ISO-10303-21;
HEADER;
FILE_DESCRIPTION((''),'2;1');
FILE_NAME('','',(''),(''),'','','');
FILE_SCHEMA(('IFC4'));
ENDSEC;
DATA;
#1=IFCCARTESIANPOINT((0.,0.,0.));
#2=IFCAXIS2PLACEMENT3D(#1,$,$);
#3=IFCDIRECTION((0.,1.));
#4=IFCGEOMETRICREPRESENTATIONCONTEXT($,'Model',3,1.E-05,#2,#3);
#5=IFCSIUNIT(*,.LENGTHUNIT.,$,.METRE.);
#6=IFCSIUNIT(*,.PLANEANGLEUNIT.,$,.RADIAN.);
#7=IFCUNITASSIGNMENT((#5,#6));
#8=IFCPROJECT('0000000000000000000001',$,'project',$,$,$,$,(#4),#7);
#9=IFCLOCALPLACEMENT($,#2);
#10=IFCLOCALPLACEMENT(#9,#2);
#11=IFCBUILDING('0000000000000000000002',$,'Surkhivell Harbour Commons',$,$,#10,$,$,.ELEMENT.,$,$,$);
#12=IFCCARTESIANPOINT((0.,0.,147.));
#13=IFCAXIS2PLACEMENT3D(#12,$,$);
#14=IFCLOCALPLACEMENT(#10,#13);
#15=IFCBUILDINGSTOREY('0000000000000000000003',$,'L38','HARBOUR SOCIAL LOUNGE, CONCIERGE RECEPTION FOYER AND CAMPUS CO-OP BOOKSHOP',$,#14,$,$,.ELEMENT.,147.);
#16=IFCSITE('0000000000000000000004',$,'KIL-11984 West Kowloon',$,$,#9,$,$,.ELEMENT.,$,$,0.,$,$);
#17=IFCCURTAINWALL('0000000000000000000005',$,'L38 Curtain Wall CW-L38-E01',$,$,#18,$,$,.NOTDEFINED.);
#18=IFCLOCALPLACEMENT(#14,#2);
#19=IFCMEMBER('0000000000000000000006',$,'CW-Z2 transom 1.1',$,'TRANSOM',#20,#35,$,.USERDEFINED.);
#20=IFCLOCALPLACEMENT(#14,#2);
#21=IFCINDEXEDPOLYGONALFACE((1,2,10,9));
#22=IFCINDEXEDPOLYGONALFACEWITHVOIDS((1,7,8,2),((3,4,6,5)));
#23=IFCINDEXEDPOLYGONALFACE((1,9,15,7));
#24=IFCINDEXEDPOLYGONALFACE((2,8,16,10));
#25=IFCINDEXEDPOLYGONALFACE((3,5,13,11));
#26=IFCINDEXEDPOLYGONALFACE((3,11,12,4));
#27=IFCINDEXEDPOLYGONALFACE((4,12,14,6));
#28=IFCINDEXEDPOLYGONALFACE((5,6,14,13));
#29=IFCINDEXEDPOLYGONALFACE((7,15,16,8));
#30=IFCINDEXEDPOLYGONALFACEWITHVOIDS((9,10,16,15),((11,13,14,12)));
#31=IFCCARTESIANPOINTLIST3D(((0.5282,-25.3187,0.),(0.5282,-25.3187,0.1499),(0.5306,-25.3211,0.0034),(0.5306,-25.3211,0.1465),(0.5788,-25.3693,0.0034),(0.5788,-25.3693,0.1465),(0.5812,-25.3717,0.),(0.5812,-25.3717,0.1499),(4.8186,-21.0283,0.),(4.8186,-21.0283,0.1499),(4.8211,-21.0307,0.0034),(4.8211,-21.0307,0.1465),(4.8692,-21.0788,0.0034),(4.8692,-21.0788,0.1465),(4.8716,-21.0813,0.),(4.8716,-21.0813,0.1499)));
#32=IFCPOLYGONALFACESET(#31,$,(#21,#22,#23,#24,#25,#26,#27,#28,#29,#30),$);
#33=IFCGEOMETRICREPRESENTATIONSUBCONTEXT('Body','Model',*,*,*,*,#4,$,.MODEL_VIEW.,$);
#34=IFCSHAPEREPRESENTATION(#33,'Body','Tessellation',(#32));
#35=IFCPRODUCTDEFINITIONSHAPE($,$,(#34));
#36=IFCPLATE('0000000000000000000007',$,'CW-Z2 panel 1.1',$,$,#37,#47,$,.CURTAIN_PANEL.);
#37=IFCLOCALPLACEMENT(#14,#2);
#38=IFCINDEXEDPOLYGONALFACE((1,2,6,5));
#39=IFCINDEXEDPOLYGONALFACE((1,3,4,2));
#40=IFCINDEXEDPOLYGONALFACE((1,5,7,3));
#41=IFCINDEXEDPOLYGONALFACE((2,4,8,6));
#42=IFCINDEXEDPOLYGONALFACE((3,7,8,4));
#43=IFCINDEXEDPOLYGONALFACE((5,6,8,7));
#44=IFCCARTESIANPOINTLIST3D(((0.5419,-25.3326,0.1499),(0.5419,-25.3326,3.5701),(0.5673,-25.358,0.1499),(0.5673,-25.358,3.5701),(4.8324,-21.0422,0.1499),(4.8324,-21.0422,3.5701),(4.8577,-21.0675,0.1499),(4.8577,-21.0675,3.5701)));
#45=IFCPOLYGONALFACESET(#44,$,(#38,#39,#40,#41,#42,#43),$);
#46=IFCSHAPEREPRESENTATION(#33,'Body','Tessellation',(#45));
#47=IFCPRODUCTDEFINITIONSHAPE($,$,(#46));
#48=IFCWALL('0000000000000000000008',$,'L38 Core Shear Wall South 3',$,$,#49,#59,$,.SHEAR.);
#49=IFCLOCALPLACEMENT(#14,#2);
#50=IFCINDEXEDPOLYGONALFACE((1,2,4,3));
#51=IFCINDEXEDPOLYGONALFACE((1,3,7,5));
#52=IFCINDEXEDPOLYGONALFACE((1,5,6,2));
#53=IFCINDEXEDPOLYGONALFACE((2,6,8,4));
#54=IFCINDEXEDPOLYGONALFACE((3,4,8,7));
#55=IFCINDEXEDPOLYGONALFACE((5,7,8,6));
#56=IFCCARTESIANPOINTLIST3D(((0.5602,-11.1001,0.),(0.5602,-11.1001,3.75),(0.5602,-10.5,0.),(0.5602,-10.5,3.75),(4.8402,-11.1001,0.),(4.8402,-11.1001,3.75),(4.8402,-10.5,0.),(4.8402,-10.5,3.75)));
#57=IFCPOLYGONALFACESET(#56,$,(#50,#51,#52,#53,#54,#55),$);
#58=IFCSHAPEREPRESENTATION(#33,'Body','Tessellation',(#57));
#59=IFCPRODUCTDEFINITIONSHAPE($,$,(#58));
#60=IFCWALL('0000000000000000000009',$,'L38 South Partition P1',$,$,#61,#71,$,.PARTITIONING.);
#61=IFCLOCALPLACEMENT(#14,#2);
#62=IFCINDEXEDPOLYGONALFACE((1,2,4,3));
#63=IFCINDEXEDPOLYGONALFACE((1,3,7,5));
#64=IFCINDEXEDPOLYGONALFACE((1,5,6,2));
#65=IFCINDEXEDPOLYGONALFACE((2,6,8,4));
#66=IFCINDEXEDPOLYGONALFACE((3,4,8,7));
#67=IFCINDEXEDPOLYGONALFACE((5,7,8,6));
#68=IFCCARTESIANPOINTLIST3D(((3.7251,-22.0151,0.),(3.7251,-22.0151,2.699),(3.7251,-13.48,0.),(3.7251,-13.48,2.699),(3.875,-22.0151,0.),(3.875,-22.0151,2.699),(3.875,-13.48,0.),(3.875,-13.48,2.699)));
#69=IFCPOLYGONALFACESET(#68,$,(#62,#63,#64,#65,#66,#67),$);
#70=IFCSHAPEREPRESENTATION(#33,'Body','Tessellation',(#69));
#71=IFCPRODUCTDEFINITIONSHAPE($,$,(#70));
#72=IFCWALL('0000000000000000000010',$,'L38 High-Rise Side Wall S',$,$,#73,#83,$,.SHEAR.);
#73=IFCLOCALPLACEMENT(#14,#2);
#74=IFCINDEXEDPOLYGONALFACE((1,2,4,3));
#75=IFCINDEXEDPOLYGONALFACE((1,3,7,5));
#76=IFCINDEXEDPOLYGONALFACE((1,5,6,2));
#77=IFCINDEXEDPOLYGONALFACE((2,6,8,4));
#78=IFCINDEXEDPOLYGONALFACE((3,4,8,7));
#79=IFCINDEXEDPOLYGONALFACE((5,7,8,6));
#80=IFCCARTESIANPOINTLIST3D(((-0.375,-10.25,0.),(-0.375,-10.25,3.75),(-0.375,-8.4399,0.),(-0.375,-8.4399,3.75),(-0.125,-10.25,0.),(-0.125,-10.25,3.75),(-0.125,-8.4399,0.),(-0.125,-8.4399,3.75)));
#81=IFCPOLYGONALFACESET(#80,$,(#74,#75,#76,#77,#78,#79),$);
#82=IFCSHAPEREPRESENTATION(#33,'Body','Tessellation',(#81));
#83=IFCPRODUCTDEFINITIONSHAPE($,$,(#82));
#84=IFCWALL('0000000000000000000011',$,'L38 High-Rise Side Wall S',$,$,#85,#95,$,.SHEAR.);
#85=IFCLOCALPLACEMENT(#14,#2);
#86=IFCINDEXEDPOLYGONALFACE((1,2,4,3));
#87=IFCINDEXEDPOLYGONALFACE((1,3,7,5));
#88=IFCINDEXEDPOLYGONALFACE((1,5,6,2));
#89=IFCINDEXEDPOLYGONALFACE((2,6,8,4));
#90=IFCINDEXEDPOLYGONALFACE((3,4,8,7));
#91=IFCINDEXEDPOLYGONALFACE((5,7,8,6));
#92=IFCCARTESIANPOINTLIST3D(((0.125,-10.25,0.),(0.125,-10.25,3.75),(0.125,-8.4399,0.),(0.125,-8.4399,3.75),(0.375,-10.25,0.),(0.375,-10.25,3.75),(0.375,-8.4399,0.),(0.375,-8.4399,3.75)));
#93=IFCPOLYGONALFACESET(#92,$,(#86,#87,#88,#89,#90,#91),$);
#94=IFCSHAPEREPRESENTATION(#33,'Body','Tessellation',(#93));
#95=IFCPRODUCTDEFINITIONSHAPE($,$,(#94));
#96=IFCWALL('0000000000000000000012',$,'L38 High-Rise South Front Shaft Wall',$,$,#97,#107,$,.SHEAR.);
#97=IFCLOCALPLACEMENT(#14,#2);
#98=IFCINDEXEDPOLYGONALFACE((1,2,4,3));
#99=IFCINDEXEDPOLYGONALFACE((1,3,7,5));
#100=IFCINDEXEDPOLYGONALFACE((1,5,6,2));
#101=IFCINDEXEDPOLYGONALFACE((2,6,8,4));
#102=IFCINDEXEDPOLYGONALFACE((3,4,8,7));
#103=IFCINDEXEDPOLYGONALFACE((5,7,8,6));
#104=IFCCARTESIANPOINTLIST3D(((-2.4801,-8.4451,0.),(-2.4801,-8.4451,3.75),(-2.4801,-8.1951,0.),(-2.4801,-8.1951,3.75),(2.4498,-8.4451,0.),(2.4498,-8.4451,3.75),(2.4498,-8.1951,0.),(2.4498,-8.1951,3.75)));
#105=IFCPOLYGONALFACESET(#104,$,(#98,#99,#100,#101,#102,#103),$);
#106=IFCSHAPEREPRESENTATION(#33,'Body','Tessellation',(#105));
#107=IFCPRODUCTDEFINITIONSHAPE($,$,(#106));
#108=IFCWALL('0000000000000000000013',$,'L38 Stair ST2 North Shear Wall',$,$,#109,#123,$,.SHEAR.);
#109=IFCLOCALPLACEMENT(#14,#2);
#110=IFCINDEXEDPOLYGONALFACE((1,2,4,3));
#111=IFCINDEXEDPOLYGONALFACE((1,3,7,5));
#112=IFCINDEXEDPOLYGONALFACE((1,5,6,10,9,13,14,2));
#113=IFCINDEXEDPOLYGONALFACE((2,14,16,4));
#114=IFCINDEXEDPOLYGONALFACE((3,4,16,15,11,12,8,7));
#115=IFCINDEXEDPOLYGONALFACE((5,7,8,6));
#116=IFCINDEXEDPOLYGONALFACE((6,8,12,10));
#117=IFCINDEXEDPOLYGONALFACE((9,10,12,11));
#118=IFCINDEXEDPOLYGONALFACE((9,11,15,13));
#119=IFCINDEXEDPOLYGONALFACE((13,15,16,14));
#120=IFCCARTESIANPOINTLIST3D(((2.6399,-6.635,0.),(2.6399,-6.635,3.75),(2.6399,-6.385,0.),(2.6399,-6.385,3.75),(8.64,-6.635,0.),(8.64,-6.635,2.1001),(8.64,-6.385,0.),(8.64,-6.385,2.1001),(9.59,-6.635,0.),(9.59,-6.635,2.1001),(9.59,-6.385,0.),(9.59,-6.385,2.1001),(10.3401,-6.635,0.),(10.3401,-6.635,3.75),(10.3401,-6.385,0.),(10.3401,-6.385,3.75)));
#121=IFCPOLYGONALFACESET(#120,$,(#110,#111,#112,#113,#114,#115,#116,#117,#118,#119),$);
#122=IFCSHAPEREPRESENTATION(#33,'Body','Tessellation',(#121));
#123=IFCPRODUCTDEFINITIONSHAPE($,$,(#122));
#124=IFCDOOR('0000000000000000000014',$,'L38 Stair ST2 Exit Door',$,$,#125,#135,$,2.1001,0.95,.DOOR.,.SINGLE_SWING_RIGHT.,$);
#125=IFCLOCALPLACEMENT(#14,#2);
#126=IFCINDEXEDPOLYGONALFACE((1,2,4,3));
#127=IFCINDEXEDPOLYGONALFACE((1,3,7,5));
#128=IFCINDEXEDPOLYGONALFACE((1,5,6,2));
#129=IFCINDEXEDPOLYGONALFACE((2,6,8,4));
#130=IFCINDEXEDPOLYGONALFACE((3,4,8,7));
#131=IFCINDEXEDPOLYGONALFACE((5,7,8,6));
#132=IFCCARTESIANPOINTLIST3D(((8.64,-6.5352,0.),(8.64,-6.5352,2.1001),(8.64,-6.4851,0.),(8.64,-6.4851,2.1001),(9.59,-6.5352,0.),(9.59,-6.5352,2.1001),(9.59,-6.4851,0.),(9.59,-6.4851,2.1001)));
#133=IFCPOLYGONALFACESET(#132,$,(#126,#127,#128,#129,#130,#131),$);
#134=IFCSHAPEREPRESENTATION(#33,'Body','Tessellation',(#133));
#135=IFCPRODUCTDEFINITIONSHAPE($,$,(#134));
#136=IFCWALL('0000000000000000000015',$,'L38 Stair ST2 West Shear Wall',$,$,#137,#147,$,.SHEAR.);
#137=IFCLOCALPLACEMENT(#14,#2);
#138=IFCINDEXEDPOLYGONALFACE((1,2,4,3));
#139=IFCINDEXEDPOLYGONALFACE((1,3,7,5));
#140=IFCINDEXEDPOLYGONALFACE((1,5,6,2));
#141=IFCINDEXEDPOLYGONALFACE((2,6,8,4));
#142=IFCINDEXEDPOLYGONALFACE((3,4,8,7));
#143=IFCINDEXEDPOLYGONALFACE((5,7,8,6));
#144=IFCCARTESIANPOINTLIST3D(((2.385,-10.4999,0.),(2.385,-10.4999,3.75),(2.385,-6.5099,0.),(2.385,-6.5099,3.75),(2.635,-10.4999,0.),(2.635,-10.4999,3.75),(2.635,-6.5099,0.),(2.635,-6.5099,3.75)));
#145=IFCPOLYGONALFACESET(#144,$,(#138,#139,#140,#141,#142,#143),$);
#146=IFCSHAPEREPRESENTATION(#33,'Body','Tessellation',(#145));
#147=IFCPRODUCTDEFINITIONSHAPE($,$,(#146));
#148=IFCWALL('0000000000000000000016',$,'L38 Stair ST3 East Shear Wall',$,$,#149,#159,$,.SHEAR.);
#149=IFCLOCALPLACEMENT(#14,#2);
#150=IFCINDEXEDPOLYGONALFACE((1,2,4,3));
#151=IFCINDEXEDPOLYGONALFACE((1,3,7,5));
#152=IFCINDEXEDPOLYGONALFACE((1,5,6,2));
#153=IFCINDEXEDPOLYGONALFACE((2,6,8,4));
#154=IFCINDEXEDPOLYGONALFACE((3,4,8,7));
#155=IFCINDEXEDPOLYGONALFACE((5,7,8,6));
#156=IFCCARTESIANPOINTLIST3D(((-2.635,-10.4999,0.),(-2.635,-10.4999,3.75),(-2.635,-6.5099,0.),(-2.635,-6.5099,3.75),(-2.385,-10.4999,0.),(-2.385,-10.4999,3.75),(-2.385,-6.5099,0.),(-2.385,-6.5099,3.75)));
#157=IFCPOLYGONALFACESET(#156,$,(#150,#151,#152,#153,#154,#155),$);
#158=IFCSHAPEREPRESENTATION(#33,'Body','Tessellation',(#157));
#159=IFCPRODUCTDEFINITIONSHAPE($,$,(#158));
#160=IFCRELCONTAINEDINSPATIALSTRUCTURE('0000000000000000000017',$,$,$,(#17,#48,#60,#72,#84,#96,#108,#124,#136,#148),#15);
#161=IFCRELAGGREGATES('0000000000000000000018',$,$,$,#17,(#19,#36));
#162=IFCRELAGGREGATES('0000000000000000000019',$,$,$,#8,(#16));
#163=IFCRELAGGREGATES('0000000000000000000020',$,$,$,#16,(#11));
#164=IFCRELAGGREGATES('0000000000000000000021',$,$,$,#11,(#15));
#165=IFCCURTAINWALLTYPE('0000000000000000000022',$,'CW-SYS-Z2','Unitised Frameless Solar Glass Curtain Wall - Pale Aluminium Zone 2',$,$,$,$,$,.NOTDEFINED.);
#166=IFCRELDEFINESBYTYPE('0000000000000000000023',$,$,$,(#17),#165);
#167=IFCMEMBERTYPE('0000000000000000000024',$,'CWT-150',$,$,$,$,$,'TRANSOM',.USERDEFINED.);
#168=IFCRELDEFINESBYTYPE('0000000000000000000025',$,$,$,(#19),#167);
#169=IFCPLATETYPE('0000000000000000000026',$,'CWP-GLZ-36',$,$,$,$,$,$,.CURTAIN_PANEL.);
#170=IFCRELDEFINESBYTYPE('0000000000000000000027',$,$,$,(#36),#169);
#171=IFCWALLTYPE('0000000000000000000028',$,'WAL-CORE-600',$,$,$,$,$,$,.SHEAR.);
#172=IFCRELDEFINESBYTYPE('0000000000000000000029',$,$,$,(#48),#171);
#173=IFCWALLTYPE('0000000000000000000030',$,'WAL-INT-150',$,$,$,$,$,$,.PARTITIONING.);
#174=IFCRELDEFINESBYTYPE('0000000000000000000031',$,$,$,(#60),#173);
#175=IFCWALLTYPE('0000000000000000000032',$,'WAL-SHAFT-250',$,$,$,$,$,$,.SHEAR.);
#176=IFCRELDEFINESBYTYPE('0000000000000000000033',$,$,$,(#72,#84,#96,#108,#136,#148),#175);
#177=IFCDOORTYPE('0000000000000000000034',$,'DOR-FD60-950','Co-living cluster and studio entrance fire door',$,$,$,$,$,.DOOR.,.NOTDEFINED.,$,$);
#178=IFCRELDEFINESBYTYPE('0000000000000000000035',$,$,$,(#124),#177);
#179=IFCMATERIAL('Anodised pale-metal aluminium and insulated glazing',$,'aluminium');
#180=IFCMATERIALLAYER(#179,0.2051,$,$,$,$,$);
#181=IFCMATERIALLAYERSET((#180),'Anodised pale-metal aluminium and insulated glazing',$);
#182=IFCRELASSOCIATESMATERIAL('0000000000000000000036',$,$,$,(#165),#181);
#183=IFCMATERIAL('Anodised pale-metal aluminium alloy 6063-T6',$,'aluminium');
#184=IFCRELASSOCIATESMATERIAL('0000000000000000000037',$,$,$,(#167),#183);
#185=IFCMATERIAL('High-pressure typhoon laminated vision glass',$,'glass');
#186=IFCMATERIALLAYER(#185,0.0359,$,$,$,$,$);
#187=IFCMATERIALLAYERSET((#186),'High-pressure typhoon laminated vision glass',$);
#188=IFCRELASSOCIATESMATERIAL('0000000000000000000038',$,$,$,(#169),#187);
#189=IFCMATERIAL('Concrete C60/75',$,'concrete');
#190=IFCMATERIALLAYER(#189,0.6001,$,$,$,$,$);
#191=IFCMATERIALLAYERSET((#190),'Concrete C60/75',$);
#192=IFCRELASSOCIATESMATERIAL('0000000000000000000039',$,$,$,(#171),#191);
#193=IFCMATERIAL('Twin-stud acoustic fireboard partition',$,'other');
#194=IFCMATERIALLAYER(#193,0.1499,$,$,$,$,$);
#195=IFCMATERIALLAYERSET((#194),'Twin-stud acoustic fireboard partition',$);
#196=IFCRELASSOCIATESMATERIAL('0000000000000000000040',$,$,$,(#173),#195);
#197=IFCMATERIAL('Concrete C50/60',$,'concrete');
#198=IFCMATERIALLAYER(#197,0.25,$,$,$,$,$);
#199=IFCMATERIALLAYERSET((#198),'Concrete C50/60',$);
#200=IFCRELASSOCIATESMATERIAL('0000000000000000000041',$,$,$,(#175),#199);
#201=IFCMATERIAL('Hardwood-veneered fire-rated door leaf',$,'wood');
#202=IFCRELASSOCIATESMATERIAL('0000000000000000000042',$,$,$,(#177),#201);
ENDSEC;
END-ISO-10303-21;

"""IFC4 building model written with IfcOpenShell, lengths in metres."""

from ifc_helpers import new_model, si_unit, direction, frame, frame_2d, origin, origin_2d, place, context, subcontext, project, spatial, rectangle, hollow_rectangle, extrude, material, layer, layer_set, material_profile, profile_set, type_object, element, fill, aggregate, save


model = new_model("IFC4")

# Units and contexts
model_context = context("Model", 3, precision=1e-05, world=origin(), true_north=direction((0.0, 1.0)))
body_context = subcontext(model_context, "Body", "Model", "MODEL_VIEW")
ifc_project = project(units=[si_unit("LENGTHUNIT", "METRE"), si_unit("PLANEANGLEUNIT", "RADIAN")], contexts=[model_context])

# Site, building, storey
site_placement = place(None, origin())
site = spatial("IfcSite", under=ifc_project, at=site_placement, Name="KIL-11984 West Kowloon", CompositionType="ELEMENT", RefElevation=0.0)
building_placement = place(site_placement, origin())
building = spatial("IfcBuilding", under=site, at=building_placement, Name="Surkhivell Harbour Commons", CompositionType="ELEMENT")
storey_placement = place(building_placement, frame((0.0, 0.0, 147.0)))
storey = spatial("IfcBuildingStorey", under=building, at=storey_placement, Name="L38", Description="HARBOUR SOCIAL LOUNGE, CONCIERGE RECEPTION FOYER AND CAMPUS CO-OP BOOKSHOP", CompositionType="ELEMENT", Elevation=147.0)

# Shared definitions
ifc_material_1 = material(Name="Concrete C60/75", Category="concrete")

# Shared definitions
ifc_material_2 = material(Name="Anodised pale-metal aluminium and insulated glazing", Category="aluminium")
ifc_layer_1 = layer(ifc_material_2, 0.2051)
ifc_layer_set_1 = layer_set([ifc_layer_1], Name="Anodised pale-metal aluminium and insulated glazing")
curtain_wall_type = type_object("IfcCurtainWallType", Name="CW-SYS-Z2", Description="Unitised Frameless Solar Glass Curtain Wall - Pale Aluminium Zone 2", PredefinedType="NOTDEFINED", material=ifc_layer_set_1)
ifc_material_3 = material(Name="Anodised pale-metal aluminium alloy 6063-T6", Category="aluminium")

# Curtain wall, member, plate
curtain_wall_1_placement = place(storey_placement, origin())
curtain_wall_1 = element("IfcCurtainWall", 1, at=curtain_wall_1_placement, inside=storey, type_object=curtain_wall_type, Name="L38 Curtain Wall CW-L38-E01", PredefinedType="NOTDEFINED")
ifc_material_profile_1 = material_profile(ifc_material_3, hollow_rectangle(XDim=0.075, YDim=0.1499, WallThickness=0.0034, at=origin_2d()), Name="ALU-TRAN-75x150")
ifc_profile_set_1 = profile_set([ifc_material_profile_1], Name="Anodised pale-metal aluminium alloy 6063-T6")
member_type_1 = type_object("IfcMemberType", Name="CWT-150", ElementType="TRANSOM", PredefinedType="USERDEFINED", material=ifc_profile_set_1)
member_1_placement = place(storey_placement, frame((0.5547, -25.3452, 0.075), z_axis=(0.707107, 0.707107, 0.0), x_axis=(-0.707107, 0.707107, 0.0)))
member_1 = element("IfcMember", 2, at=member_1_placement, type_object=member_type_1, Name="CW-Z2 transom 1.1", ObjectType="TRANSOM", PredefinedType="USERDEFINED", context=body_context, shape_type="SweptSolid", body=[
    extrude(hollow_rectangle(XDim=0.075, YDim=0.1499, WallThickness=0.0034, at=origin_2d()), origin(), (0.0, 0.0, 1.0), 6.0676),
])
ifc_material_4 = material(Name="High-pressure typhoon laminated vision glass", Category="glass")
ifc_layer_2 = layer(ifc_material_4, 0.0359)
ifc_layer_set_2 = layer_set([ifc_layer_2], Name="High-pressure typhoon laminated vision glass")
plate_type = type_object("IfcPlateType", Name="CWP-GLZ-36", PredefinedType="CURTAIN_PANEL", material=ifc_layer_set_2)
plate_placement = place(storey_placement, frame((0.5547, -25.3452, 0.1499), z_axis=(0.0, 0.0, 1.0), x_axis=(0.707107, 0.707107, 0.0)))
plate = element("IfcPlate", 3, at=plate_placement, type_object=plate_type, Name="CW-Z2 panel 1.1", PredefinedType="CURTAIN_PANEL", context=body_context, shape_type="SweptSolid", body=[
    extrude(rectangle(XDim=6.0676, YDim=0.0359, at=frame_2d((3.0337, 0.0))), origin(), (0.0, 0.0, 1.0), 3.4202),
])
aggregate(curtain_wall_1, [member_1, plate])

# Walls
ifc_layer_3 = layer(ifc_material_1, 0.6001)
ifc_layer_set_3 = layer_set([ifc_layer_3], Name="Concrete C60/75")
wall_type_1 = type_object("IfcWallType", Name="WAL-CORE-600", PredefinedType="SHEAR", material=ifc_layer_set_3)
wall_1_placement = place(storey_placement, frame((0.5601, -10.8, 0.0), z_axis=(0.0, 0.0, 1.0), x_axis=(1.0, 0.0, 0.0)))
element("IfcWall", 4, at=wall_1_placement, inside=storey, type_object=wall_type_1, Name="L38 Core Shear Wall South 3", PredefinedType="SHEAR", context=body_context, shape_type="SweptSolid", body=[
    extrude(rectangle(XDim=4.28, YDim=0.6001, at=frame_2d((2.1401, 0.0))), origin(), (0.0, 0.0, 1.0), 3.75),
])
ifc_material_5 = material(Name="Twin-stud acoustic fireboard partition", Category="other")
ifc_layer_4 = layer(ifc_material_5, 0.1499)
ifc_layer_set_4 = layer_set([ifc_layer_4], Name="Twin-stud acoustic fireboard partition")
wall_type_2 = type_object("IfcWallType", Name="WAL-INT-150", PredefinedType="PARTITIONING", material=ifc_layer_set_4)
wall_2_placement = place(storey_placement, frame((3.8, -22.0151, 0.0), z_axis=(0.0, 0.0, 1.0), x_axis=(0.0, 1.0, 0.0)))
element("IfcWall", 5, at=wall_2_placement, inside=storey, type_object=wall_type_2, Name="L38 South Partition P1", PredefinedType="PARTITIONING", context=body_context, shape_type="SweptSolid", body=[
    extrude(rectangle(XDim=8.5352, YDim=0.1499, at=frame_2d((4.2676, 0.0))), origin(), (0.0, 0.0, 1.0), 2.699),
])
ifc_material_6 = material(Name="Concrete C50/60", Category="concrete")
ifc_layer_5 = layer(ifc_material_6, 0.25)
ifc_layer_set_5 = layer_set([ifc_layer_5], Name="Concrete C50/60")
wall_type_3 = type_object("IfcWallType", Name="WAL-SHAFT-250", PredefinedType="SHEAR", material=ifc_layer_set_5)
for number, where, z_axis, x_axis, name in (
    (6, (-0.25, -10.25, 0.0), (0.0, 0.0, 1.0), (0.0, 1.0, 0.0), "L38 High-Rise Side Wall S"),
    (7, (0.25, -10.25, 0.0), (0.0, 0.0, 1.0), (0.0, 1.0, 0.0), "L38 High-Rise Side Wall S"),
):
    element("IfcWall", number, at=place(storey_placement, frame(where, z_axis=z_axis, x_axis=x_axis)), inside=storey, type_object=wall_type_3, Name=name, PredefinedType="SHEAR", context=body_context, shape_type="SweptSolid", body=[
        extrude(rectangle(XDim=1.8101, YDim=0.25, at=frame_2d((0.905, 0.0))), origin(), (0.0, 0.0, 1.0), 3.75),
    ])
wall_3_placement = place(storey_placement, frame((-2.48, -8.3201, 0.0), z_axis=(0.0, 0.0, 1.0), x_axis=(1.0, 0.0, 0.0)))
element("IfcWall", 8, at=wall_3_placement, inside=storey, type_object=wall_type_3, Name="L38 High-Rise South Front Shaft Wall", PredefinedType="SHEAR", context=body_context, shape_type="SweptSolid", body=[
    extrude(rectangle(XDim=4.9299, YDim=0.25, at=frame_2d((2.4648, 0.0))), origin(), (0.0, 0.0, 1.0), 3.75),
])

# Wall, opening, door
wall_4_placement = place(storey_placement, frame((2.6399, -6.51, 0.0), z_axis=(0.0, 0.0, 1.0), x_axis=(1.0, 0.0, 0.0)))
wall_4 = element("IfcWall", 9, at=wall_4_placement, inside=storey, type_object=wall_type_3, Name="L38 Stair ST2 North Shear Wall", PredefinedType="SHEAR", context=body_context, shape_type="SweptSolid", body=[
    extrude(rectangle(XDim=7.7002, YDim=0.25, at=frame_2d((3.8501, 0.0))), origin(), (0.0, 0.0, 1.0), 3.75),
])
opening_placement = place(wall_4_placement, frame((6.0, 0.0, 0.0)))
opening = element("IfcOpeningElement", 10, at=opening_placement, cuts=wall_4, PredefinedType="OPENING", context=body_context, shape_type="SweptSolid", body=[
    extrude(rectangle(XDim=0.95, YDim=2.1001, at=frame_2d((0.4751, 1.05))), frame((0.0, 0.135, 0.0), z_axis=(0.0, -1.0, 0.0), x_axis=(1.0, 0.0, 0.0)), (0.0, 0.0, 1.0), 0.27),
])
ifc_material_7 = material(Name="Hardwood-veneered fire-rated door leaf", Category="wood")
door_type = type_object("IfcDoorType", Name="DOR-FD60-950", Description="Co-living cluster and studio entrance fire door", OperationType="NOTDEFINED", PredefinedType="DOOR", material=ifc_material_7)
door_placement = place(opening_placement, origin())
door = element("IfcDoor", 11, at=door_placement, inside=storey, type_object=door_type, Name="L38 Stair ST2 Exit Door", OperationType="SINGLE_SWING_RIGHT", OverallHeight=2.1001, OverallWidth=0.95, PredefinedType="DOOR", context=body_context, shape_type="SweptSolid", body=[
    extrude(rectangle(XDim=0.95, YDim=2.1001, at=frame_2d((0.4751, 1.05))), frame((0.0, 0.0249, 0.0), z_axis=(0.0, -1.0, 0.0), x_axis=(1.0, 0.0, 0.0)), (0.0, 0.0, 1.0), 0.05),
])
fill(opening, door)

# Walls
for number, where, z_axis, x_axis, name in (
    (12, (2.51, -10.5, 0.0), (0.0, 0.0, 1.0), (0.0, 1.0, 0.0), "L38 Stair ST2 West Shear Wall"),
    (13, (-2.51, -10.5, 0.0), (0.0, 0.0, 1.0), (0.0, 1.0, 0.0), "L38 Stair ST3 East Shear Wall"),
):
    element("IfcWall", number, at=place(storey_placement, frame(where, z_axis=z_axis, x_axis=x_axis)), inside=storey, type_object=wall_type_3, Name=name, PredefinedType="SHEAR", context=body_context, shape_type="SweptSolid", body=[
        extrude(rectangle(XDim=3.99, YDim=0.25, at=frame_2d((1.9951, 0.0))), origin(), (0.0, 0.0, 1.0), 3.75),
    ])

save(model, "model.ifc")
